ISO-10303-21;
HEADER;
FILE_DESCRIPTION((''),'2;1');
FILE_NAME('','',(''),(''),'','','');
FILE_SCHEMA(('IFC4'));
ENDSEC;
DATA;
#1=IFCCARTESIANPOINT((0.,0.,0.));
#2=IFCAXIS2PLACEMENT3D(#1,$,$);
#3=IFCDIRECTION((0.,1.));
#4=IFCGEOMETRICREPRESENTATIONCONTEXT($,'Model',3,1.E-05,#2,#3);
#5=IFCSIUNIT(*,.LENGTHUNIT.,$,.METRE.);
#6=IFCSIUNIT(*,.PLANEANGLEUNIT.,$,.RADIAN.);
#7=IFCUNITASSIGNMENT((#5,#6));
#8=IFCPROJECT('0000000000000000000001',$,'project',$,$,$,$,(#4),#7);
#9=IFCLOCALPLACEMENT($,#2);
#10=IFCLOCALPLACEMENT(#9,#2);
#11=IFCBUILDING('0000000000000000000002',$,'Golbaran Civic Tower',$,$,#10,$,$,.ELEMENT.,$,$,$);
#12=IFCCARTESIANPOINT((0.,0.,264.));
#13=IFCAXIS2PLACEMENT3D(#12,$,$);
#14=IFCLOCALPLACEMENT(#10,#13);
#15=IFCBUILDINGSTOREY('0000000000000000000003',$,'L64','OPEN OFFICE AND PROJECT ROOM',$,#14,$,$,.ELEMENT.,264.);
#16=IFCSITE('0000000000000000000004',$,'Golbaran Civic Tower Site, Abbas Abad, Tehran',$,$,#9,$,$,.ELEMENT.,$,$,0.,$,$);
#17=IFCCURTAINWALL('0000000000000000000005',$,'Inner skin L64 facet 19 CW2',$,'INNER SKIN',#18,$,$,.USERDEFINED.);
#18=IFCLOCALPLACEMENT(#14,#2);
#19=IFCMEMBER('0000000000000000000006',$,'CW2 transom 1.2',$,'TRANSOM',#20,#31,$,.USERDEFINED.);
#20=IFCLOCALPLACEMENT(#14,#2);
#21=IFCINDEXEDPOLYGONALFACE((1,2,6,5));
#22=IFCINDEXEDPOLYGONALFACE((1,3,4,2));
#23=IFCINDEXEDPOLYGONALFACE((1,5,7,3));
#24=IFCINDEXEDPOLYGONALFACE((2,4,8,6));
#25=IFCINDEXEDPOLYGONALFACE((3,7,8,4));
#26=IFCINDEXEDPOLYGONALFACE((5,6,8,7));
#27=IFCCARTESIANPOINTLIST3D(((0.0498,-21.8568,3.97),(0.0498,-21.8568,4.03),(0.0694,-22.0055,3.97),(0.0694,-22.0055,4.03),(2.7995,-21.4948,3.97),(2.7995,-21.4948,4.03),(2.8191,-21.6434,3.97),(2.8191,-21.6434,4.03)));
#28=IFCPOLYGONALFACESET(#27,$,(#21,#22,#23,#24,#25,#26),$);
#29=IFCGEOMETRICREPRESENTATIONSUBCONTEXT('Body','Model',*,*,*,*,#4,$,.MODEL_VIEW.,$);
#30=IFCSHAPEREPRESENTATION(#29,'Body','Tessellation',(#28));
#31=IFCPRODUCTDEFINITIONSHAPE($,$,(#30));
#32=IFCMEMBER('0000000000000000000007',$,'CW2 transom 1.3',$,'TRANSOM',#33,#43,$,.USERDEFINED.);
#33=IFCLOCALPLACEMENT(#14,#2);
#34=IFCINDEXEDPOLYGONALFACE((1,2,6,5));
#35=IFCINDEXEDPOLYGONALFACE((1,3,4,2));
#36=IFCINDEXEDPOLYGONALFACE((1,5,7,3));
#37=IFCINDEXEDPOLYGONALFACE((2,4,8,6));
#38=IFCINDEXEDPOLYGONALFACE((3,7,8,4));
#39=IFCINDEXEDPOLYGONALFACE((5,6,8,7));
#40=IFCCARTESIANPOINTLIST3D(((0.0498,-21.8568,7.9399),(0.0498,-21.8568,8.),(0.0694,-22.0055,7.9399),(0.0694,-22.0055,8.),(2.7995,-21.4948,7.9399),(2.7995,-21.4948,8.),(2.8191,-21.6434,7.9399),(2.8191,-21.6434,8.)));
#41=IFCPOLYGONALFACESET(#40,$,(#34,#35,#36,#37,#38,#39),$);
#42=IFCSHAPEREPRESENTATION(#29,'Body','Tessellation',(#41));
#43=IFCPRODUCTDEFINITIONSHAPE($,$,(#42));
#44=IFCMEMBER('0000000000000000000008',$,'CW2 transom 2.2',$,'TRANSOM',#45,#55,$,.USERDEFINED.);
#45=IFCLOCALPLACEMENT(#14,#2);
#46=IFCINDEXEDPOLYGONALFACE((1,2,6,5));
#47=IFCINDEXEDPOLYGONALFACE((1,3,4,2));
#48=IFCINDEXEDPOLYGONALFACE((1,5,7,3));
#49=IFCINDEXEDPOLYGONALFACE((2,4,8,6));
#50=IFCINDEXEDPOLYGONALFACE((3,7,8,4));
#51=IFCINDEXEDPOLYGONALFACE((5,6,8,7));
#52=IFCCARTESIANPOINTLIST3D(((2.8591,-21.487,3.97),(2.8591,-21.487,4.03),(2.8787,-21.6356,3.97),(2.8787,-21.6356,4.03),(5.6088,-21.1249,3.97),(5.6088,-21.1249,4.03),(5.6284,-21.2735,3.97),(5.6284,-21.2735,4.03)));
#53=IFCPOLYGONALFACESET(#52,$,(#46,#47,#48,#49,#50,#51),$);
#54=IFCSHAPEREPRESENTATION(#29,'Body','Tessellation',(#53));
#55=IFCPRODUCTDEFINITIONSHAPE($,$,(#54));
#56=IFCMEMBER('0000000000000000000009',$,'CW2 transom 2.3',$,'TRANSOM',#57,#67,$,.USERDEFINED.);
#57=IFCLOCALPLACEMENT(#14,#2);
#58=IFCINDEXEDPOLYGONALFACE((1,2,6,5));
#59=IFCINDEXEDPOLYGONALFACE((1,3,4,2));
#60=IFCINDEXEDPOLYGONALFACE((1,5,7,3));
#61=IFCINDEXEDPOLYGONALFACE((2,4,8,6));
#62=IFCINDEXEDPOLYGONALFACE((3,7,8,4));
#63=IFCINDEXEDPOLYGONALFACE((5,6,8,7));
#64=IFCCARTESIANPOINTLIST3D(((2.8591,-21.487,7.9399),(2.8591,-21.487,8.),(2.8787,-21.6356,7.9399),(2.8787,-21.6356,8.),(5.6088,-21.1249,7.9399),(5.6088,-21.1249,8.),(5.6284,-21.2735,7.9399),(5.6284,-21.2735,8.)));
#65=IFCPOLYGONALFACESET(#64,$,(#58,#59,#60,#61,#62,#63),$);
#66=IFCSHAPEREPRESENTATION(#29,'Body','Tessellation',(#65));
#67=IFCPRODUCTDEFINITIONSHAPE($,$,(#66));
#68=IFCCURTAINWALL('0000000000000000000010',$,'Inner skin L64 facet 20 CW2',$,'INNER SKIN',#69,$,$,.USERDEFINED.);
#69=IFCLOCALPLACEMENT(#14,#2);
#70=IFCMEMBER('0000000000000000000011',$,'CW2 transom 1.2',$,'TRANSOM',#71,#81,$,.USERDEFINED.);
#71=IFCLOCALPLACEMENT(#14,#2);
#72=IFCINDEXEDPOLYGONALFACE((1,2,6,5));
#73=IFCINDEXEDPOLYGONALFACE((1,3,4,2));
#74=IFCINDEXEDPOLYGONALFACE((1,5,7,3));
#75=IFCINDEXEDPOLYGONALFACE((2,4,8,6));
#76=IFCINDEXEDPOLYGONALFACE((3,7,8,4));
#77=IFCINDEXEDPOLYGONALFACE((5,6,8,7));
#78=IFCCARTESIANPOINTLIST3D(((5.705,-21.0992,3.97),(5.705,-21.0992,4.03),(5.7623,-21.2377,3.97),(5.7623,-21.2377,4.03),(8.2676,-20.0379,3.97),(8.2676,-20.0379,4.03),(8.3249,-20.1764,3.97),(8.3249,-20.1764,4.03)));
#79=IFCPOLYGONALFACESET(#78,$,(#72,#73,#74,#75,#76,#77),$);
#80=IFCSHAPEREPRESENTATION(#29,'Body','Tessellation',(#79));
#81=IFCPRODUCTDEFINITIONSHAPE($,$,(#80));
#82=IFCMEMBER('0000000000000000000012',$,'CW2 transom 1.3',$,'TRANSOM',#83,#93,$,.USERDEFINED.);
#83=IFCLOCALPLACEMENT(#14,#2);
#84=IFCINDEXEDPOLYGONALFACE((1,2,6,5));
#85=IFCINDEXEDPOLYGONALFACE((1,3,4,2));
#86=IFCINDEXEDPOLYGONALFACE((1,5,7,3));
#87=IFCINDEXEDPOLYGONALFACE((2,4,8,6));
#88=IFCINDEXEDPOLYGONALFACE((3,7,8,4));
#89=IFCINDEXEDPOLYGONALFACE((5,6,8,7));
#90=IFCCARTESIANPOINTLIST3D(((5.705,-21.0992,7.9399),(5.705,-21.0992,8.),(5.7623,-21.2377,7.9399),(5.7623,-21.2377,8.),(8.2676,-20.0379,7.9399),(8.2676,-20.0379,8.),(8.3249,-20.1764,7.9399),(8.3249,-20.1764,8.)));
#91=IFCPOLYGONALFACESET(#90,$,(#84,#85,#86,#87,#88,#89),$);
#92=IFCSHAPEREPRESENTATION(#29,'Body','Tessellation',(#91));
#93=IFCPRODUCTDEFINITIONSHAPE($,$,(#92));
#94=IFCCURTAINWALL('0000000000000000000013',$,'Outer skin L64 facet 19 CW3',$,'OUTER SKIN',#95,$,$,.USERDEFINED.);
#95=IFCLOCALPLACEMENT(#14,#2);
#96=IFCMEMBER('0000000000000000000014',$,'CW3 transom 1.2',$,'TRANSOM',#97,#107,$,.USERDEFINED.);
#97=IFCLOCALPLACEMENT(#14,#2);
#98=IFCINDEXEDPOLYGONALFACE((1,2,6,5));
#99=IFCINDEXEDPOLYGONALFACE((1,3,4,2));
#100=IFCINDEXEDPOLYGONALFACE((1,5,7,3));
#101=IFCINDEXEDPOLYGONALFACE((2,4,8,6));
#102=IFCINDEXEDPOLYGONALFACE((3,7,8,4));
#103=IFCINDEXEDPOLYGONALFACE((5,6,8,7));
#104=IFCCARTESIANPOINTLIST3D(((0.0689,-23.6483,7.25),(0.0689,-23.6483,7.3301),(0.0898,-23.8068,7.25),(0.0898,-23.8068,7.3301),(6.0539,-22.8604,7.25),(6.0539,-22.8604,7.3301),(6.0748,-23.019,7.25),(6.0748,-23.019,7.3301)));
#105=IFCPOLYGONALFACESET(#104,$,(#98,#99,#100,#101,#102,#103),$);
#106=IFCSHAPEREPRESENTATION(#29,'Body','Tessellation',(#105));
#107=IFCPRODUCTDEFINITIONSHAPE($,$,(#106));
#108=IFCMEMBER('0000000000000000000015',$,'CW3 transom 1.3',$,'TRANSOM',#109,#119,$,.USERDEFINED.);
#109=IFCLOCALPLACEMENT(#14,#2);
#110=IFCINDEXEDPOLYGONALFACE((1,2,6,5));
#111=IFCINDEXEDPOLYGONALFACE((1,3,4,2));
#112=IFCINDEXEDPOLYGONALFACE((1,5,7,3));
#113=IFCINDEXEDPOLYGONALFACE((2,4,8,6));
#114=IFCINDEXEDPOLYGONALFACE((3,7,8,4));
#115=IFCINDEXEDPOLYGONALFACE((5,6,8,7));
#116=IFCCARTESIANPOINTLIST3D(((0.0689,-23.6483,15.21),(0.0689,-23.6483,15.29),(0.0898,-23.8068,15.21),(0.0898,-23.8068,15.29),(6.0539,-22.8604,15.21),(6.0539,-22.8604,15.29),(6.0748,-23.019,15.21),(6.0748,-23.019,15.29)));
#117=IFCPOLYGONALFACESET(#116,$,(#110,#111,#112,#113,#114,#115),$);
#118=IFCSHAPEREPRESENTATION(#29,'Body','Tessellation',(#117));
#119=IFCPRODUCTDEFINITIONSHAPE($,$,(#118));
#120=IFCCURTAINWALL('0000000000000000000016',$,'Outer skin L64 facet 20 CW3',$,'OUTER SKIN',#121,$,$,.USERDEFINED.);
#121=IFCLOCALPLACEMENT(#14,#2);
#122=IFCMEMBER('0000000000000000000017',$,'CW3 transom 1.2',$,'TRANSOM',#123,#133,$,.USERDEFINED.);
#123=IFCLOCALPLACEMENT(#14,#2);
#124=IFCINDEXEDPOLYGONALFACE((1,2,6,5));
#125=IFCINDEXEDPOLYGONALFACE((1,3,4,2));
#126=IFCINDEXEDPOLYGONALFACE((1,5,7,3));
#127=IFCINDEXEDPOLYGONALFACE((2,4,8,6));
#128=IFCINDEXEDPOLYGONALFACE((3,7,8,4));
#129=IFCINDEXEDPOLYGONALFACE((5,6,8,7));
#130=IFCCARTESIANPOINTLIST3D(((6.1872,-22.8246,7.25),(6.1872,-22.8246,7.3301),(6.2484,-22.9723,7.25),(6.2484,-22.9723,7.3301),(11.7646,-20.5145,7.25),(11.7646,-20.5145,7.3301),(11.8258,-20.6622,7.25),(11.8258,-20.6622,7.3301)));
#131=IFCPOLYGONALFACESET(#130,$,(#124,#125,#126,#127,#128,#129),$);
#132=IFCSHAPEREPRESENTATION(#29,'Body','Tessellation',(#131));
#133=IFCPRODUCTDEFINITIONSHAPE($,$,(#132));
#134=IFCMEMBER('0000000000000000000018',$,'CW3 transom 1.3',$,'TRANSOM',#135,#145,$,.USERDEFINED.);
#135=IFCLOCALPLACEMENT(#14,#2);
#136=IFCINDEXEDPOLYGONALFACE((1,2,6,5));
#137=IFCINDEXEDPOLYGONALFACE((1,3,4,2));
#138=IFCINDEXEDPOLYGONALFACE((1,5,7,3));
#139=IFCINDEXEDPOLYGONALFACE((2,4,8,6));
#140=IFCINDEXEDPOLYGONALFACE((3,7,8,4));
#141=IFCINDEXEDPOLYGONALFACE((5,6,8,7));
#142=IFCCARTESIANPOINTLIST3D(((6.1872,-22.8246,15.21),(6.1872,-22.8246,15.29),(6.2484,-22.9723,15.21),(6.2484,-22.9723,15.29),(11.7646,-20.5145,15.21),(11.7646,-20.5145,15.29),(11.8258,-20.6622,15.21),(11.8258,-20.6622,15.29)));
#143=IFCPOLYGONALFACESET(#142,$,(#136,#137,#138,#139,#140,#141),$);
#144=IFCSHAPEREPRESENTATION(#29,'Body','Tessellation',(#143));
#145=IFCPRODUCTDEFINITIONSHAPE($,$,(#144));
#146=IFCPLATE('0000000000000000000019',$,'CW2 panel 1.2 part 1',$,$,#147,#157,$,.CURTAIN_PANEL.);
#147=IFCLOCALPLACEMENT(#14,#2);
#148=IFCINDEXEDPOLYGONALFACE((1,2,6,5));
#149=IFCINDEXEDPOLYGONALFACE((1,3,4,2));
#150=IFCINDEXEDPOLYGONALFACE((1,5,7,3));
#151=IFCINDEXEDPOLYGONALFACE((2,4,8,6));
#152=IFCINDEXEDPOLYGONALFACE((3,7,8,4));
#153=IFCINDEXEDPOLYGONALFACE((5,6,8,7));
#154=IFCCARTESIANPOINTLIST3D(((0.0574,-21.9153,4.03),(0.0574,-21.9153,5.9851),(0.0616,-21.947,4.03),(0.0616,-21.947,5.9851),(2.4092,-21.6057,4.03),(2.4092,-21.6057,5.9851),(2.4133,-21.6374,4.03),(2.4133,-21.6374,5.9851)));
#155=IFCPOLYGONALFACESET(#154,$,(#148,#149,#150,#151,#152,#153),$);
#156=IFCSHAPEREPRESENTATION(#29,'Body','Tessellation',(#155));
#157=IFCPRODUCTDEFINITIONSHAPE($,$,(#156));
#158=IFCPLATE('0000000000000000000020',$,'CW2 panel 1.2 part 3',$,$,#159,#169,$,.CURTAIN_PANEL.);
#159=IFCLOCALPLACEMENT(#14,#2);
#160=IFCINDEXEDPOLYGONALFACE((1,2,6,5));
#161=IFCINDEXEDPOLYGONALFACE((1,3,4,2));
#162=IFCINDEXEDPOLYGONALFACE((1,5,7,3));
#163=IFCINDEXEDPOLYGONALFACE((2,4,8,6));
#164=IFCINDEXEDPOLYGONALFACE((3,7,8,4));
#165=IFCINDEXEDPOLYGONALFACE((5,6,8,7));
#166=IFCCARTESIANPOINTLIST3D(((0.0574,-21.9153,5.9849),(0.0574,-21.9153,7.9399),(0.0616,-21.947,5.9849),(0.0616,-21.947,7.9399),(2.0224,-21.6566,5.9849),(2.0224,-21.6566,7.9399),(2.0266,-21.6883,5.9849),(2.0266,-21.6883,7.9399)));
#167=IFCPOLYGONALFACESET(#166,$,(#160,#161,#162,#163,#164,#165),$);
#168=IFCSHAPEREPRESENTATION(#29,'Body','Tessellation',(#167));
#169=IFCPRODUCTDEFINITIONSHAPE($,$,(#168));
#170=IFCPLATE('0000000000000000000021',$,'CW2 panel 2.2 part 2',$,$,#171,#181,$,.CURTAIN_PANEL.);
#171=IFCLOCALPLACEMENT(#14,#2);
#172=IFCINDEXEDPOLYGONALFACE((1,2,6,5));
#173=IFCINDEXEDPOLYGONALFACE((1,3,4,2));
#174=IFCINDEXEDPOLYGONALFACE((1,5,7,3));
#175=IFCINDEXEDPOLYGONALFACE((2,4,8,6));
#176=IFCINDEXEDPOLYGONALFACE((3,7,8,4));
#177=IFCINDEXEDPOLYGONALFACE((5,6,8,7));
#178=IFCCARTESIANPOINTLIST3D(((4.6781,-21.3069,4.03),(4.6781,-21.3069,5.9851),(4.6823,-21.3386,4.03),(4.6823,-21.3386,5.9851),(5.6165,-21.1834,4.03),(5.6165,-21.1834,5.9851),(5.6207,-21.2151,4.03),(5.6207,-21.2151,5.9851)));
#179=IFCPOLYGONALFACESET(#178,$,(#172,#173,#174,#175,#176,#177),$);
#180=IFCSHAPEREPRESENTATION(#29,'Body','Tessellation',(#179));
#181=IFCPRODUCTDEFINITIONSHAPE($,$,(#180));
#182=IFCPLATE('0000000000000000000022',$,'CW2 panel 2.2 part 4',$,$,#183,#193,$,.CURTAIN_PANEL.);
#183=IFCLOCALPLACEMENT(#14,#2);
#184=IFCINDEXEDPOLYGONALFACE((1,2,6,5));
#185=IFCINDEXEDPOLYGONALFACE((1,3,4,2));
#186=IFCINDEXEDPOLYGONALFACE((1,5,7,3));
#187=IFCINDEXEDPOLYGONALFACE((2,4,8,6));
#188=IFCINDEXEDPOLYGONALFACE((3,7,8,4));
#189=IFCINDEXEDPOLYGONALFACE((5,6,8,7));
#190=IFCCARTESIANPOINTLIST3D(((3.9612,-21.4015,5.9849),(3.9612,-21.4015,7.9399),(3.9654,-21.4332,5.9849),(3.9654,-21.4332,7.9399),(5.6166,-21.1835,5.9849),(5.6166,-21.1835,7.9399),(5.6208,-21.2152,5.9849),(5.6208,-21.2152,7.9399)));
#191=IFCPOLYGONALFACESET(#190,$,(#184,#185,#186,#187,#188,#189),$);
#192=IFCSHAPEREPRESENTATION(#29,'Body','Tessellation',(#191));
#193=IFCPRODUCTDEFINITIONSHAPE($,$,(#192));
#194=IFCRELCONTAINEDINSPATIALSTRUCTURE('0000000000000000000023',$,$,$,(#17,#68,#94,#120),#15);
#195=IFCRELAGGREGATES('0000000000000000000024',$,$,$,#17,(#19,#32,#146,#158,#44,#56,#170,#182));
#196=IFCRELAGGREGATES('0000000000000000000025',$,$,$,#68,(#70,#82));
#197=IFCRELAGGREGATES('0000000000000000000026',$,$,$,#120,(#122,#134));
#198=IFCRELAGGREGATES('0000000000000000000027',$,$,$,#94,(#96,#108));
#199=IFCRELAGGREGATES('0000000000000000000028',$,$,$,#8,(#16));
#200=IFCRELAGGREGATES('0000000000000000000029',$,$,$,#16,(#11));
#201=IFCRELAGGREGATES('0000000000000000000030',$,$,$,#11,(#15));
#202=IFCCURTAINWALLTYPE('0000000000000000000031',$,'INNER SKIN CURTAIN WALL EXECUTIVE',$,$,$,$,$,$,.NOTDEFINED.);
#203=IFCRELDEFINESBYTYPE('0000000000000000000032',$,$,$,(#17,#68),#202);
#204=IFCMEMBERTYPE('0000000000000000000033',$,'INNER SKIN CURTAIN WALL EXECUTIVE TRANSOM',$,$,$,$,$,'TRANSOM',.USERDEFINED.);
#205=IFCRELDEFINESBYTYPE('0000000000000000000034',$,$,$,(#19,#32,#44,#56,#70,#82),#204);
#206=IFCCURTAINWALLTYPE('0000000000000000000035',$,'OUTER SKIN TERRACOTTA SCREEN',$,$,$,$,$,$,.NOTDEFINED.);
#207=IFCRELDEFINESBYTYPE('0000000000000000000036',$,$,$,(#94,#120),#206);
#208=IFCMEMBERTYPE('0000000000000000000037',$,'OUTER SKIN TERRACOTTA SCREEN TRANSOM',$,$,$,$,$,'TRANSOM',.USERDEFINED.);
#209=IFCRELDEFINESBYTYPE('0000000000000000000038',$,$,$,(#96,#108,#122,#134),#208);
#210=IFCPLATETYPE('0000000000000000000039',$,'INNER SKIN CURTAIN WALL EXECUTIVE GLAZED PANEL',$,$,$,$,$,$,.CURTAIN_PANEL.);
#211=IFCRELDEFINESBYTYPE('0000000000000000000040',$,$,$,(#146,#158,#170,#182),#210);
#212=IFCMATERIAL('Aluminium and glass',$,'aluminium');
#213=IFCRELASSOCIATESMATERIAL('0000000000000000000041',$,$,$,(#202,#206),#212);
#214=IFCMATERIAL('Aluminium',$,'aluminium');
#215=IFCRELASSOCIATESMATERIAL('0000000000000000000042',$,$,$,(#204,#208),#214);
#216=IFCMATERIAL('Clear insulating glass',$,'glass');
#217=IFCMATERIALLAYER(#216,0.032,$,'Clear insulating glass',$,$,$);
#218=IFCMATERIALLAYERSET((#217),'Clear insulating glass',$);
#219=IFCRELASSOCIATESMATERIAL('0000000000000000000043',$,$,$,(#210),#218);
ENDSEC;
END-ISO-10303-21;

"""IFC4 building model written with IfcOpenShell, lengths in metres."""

from ifc_helpers import new_model, si_unit, direction, frame, origin, origin_2d, place, context, subcontext, project, spatial, rectangle, extrude, material, layer, layer_set, material_profile, profile_set, type_object, element, aggregate, save


model = new_model("IFC4")

# Units and contexts
model_context = context("Model", 3, precision=1e-05, world=origin(), true_north=direction((0.0, 1.0)))
body_context = subcontext(model_context, "Body", "Model", "MODEL_VIEW")
ifc_project = project(units=[si_unit("LENGTHUNIT", "METRE"), si_unit("PLANEANGLEUNIT", "RADIAN")], contexts=[model_context])

# Site, building, storey
site_placement = place(None, origin())
site = spatial("IfcSite", under=ifc_project, at=site_placement, Name="Golbaran Civic Tower Site, Abbas Abad, Tehran", CompositionType="ELEMENT", RefElevation=0.0)
building_placement = place(site_placement, origin())
building = spatial("IfcBuilding", under=site, at=building_placement, Name="Golbaran Civic Tower", CompositionType="ELEMENT")
storey_placement = place(building_placement, frame((0.0, 0.0, 264.0)))
storey = spatial("IfcBuildingStorey", under=building, at=storey_placement, Name="L64", Description="OPEN OFFICE AND PROJECT ROOM", CompositionType="ELEMENT", Elevation=264.0)

# Curtain walls, members
ifc_material_1 = material(Name="Aluminium and glass", Category="aluminium")
curtain_wall_type_1 = type_object("IfcCurtainWallType", Name="INNER SKIN CURTAIN WALL EXECUTIVE", PredefinedType="NOTDEFINED", material=ifc_material_1)
curtain_wall_1_placement = place(storey_placement, origin())
curtain_wall_1 = element("IfcCurtainWall", 1, at=curtain_wall_1_placement, inside=storey, type_object=curtain_wall_type_1, Name="Inner skin L64 facet 19 CW2", ObjectType="INNER SKIN", PredefinedType="USERDEFINED")
ifc_material_2 = material(Name="Aluminium", Category="aluminium")
ifc_material_profile_1 = material_profile(ifc_material_2, rectangle(XDim=0.1499, YDim=0.0601, at=origin_2d()), Name="INNER SKIN CURTAIN WALL EXECUTIVE TRANSOM")
ifc_profile_set_1 = profile_set([ifc_material_profile_1], Name="Aluminium")
member_type_1 = type_object("IfcMemberType", Name="INNER SKIN CURTAIN WALL EXECUTIVE TRANSOM", ElementType="TRANSOM", PredefinedType="USERDEFINED", material=ifc_profile_set_1)
member_1_placement = place(storey_placement, frame((0.0596, -21.9312, 4.0), z_axis=(0.991443, 0.130543, 0.0), x_axis=(-0.130543, 0.991443, 0.0)))
member_1 = element("IfcMember", 2, at=member_1_placement, type_object=member_type_1, Name="CW2 transom 1.2", ObjectType="TRANSOM", PredefinedType="USERDEFINED", context=body_context, shape_type="SweptSolid", body=[
    extrude(rectangle(XDim=0.1499, YDim=0.0601, at=origin_2d()), origin(), (0.0, 0.0, 1.0), 2.7734),
])
member_2_placement = place(storey_placement, frame((0.0596, -21.9312, 7.97), z_axis=(0.991443, 0.130543, 0.0), x_axis=(-0.130543, 0.991443, 0.0)))
member_2 = element("IfcMember", 3, at=member_2_placement, type_object=member_type_1, Name="CW2 transom 1.3", ObjectType="TRANSOM", PredefinedType="USERDEFINED", context=body_context, shape_type="SweptSolid", body=[
    extrude(rectangle(XDim=0.1499, YDim=0.0601, at=origin_2d()), origin(), (0.0, 0.0, 1.0), 2.7734),
])
member_3_placement = place(storey_placement, frame((2.8689, -21.5613, 4.0), z_axis=(0.991443, 0.130543, 0.0), x_axis=(-0.130543, 0.991443, 0.0)))
member_3 = element("IfcMember", 4, at=member_3_placement, type_object=member_type_1, Name="CW2 transom 2.2", ObjectType="TRANSOM", PredefinedType="USERDEFINED", context=body_context, shape_type="SweptSolid", body=[
    extrude(rectangle(XDim=0.1499, YDim=0.0601, at=origin_2d()), origin(), (0.0, 0.0, 1.0), 2.7734),
])
member_4_placement = place(storey_placement, frame((2.8689, -21.5613, 7.97), z_axis=(0.991443, 0.130543, 0.0), x_axis=(-0.130543, 0.991443, 0.0)))
member_4 = element("IfcMember", 5, at=member_4_placement, type_object=member_type_1, Name="CW2 transom 2.3", ObjectType="TRANSOM", PredefinedType="USERDEFINED", context=body_context, shape_type="SweptSolid", body=[
    extrude(rectangle(XDim=0.1499, YDim=0.0601, at=origin_2d()), origin(), (0.0, 0.0, 1.0), 2.7734),
])
curtain_wall_2_placement = place(storey_placement, origin())
curtain_wall_2 = element("IfcCurtainWall", 6, at=curtain_wall_2_placement, inside=storey, type_object=curtain_wall_type_1, Name="Inner skin L64 facet 20 CW2", ObjectType="INNER SKIN", PredefinedType="USERDEFINED")
member_5_placement = place(storey_placement, frame((5.7336, -21.1685, 4.0), z_axis=(0.923898, 0.382639, 0.0), x_axis=(-0.382639, 0.923898, 0.0)))
member_5 = element("IfcMember", 7, at=member_5_placement, type_object=member_type_1, Name="CW2 transom 1.2", ObjectType="TRANSOM", PredefinedType="USERDEFINED", context=body_context, shape_type="SweptSolid", body=[
    extrude(rectangle(XDim=0.1499, YDim=0.0601, at=origin_2d()), origin(), (0.0, 0.0, 1.0), 2.7737),
])
member_6_placement = place(storey_placement, frame((5.7336, -21.1685, 7.97), z_axis=(0.923898, 0.382639, 0.0), x_axis=(-0.382639, 0.923898, 0.0)))
member_6 = element("IfcMember", 8, at=member_6_placement, type_object=member_type_1, Name="CW2 transom 1.3", ObjectType="TRANSOM", PredefinedType="USERDEFINED", context=body_context, shape_type="SweptSolid", body=[
    extrude(rectangle(XDim=0.1499, YDim=0.0601, at=origin_2d()), origin(), (0.0, 0.0, 1.0), 2.7737),
])
curtain_wall_type_2 = type_object("IfcCurtainWallType", Name="OUTER SKIN TERRACOTTA SCREEN", PredefinedType="NOTDEFINED", material=ifc_material_1)
curtain_wall_3_placement = place(storey_placement, origin())
curtain_wall_3 = element("IfcCurtainWall", 9, at=curtain_wall_3_placement, inside=storey, type_object=curtain_wall_type_2, Name="Outer skin L64 facet 19 CW3", ObjectType="OUTER SKIN", PredefinedType="USERDEFINED")
ifc_material_profile_2 = material_profile(ifc_material_2, rectangle(XDim=0.1599, YDim=0.0801, at=origin_2d()), Name="OUTER SKIN TERRACOTTA SCREEN TRANSOM")
ifc_profile_set_2 = profile_set([ifc_material_profile_2], Name="Aluminium")
member_type_2 = type_object("IfcMemberType", Name="OUTER SKIN TERRACOTTA SCREEN TRANSOM", ElementType="TRANSOM", PredefinedType="USERDEFINED", material=ifc_profile_set_2)
member_7_placement = place(storey_placement, frame((0.0793, -23.7275, 7.29), z_axis=(0.991447, 0.130508, 0.0), x_axis=(-0.130508, 0.991447, 0.0)))
member_7 = element("IfcMember", 10, at=member_7_placement, type_object=member_type_2, Name="CW3 transom 1.2", ObjectType="TRANSOM", PredefinedType="USERDEFINED", context=body_context, shape_type="SweptSolid", body=[
    extrude(rectangle(XDim=0.1599, YDim=0.0801, at=origin_2d()), origin(), (0.0, 0.0, 1.0), 6.0366),
])
member_8_placement = place(storey_placement, frame((0.0793, -23.7275, 15.25), z_axis=(0.991447, 0.130508, 0.0), x_axis=(-0.130508, 0.991447, 0.0)))
member_8 = element("IfcMember", 11, at=member_8_placement, type_object=member_type_2, Name="CW3 transom 1.3", ObjectType="TRANSOM", PredefinedType="USERDEFINED", context=body_context, shape_type="SweptSolid", body=[
    extrude(rectangle(XDim=0.1599, YDim=0.0801, at=origin_2d()), origin(), (0.0, 0.0, 1.0), 6.0366),
])
curtain_wall_4_placement = place(storey_placement, origin())
curtain_wall_4 = element("IfcCurtainWall", 12, at=curtain_wall_4_placement, inside=storey, type_object=curtain_wall_type_2, Name="Outer skin L64 facet 20 CW3", ObjectType="OUTER SKIN", PredefinedType="USERDEFINED")
member_9_placement = place(storey_placement, frame((6.2178, -22.8984, 7.29), z_axis=(0.92389, 0.382659, 0.0), x_axis=(-0.382659, 0.92389, 0.0)))
member_9 = element("IfcMember", 13, at=member_9_placement, type_object=member_type_2, Name="CW3 transom 1.2", ObjectType="TRANSOM", PredefinedType="USERDEFINED", context=body_context, shape_type="SweptSolid", body=[
    extrude(rectangle(XDim=0.1599, YDim=0.0801, at=origin_2d()), origin(), (0.0, 0.0, 1.0), 6.0369),
])
member_10_placement = place(storey_placement, frame((6.2178, -22.8984, 15.25), z_axis=(0.92389, 0.382659, 0.0), x_axis=(-0.382659, 0.92389, 0.0)))
member_10 = element("IfcMember", 14, at=member_10_placement, type_object=member_type_2, Name="CW3 transom 1.3", ObjectType="TRANSOM", PredefinedType="USERDEFINED", context=body_context, shape_type="SweptSolid", body=[
    extrude(rectangle(XDim=0.1599, YDim=0.0801, at=origin_2d()), origin(), (0.0, 0.0, 1.0), 6.0369),
])

# Plates
ifc_material_3 = material(Name="Clear insulating glass", Category="glass")
ifc_layer_1 = layer(ifc_material_3, 0.032, Name="Clear insulating glass")
ifc_layer_set_1 = layer_set([ifc_layer_1], Name="Clear insulating glass")
plate_type_1 = type_object("IfcPlateType", Name="INNER SKIN CURTAIN WALL EXECUTIVE GLAZED PANEL", PredefinedType="CURTAIN_PANEL", material=ifc_layer_set_1)
plate_1_placement = place(storey_placement, frame((1.2354, -21.7764, 4.03), z_axis=(0.0, 0.0, 1.0), x_axis=(0.991445, 0.130526, 0.0)))
plate_1 = element("IfcPlate", 15, at=plate_1_placement, type_object=plate_type_1, Name="CW2 panel 1.2 part 1", PredefinedType="CURTAIN_PANEL", context=body_context, shape_type="SweptSolid", body=[
    extrude(rectangle(XDim=2.3721, YDim=0.032, at=origin_2d()), origin(), (0.0, 0.0, 1.0), 1.9551),
])
plate_2_placement = place(storey_placement, frame((1.042, -21.8018, 5.9849), z_axis=(0.0, 0.0, 1.0), x_axis=(0.991445, 0.130526, 0.0)))
plate_2 = element("IfcPlate", 16, at=plate_2_placement, type_object=plate_type_1, Name="CW2 panel 1.2 part 3", PredefinedType="CURTAIN_PANEL", context=body_context, shape_type="SweptSolid", body=[
    extrude(rectangle(XDim=1.9819, YDim=0.032, at=origin_2d()), origin(), (0.0, 0.0, 1.0), 1.9551),
])
plate_3_placement = place(storey_placement, frame((5.1494, -21.261, 4.03), z_axis=(0.0, 0.0, 1.0), x_axis=(0.991445, 0.130526, 0.0)))
plate_3 = element("IfcPlate", 17, at=plate_3_placement, type_object=plate_type_1, Name="CW2 panel 2.2 part 2", PredefinedType="CURTAIN_PANEL", context=body_context, shape_type="SweptSolid", body=[
    extrude(rectangle(XDim=0.9465, YDim=0.032, at=origin_2d()), origin(), (0.0, 0.0, 1.0), 1.9551),
])
plate_4_placement = place(storey_placement, frame((4.791, -21.3083, 5.9849), z_axis=(0.0, 0.0, 1.0), x_axis=(0.991445, 0.130526, 0.0)))
plate_4 = element("IfcPlate", 18, at=plate_4_placement, type_object=plate_type_1, Name="CW2 panel 2.2 part 4", PredefinedType="CURTAIN_PANEL", context=body_context, shape_type="SweptSolid", body=[
    extrude(rectangle(XDim=1.6697, YDim=0.032, at=origin_2d()), origin(), (0.0, 0.0, 1.0), 1.9551),
])
aggregate(curtain_wall_1, [member_1, member_2, plate_1, plate_2, member_3, member_4, plate_3, plate_4])
aggregate(curtain_wall_2, [member_5, member_6])
aggregate(curtain_wall_4, [member_9, member_10])
aggregate(curtain_wall_3, [member_7, member_8])

save(model, "model.ifc")
